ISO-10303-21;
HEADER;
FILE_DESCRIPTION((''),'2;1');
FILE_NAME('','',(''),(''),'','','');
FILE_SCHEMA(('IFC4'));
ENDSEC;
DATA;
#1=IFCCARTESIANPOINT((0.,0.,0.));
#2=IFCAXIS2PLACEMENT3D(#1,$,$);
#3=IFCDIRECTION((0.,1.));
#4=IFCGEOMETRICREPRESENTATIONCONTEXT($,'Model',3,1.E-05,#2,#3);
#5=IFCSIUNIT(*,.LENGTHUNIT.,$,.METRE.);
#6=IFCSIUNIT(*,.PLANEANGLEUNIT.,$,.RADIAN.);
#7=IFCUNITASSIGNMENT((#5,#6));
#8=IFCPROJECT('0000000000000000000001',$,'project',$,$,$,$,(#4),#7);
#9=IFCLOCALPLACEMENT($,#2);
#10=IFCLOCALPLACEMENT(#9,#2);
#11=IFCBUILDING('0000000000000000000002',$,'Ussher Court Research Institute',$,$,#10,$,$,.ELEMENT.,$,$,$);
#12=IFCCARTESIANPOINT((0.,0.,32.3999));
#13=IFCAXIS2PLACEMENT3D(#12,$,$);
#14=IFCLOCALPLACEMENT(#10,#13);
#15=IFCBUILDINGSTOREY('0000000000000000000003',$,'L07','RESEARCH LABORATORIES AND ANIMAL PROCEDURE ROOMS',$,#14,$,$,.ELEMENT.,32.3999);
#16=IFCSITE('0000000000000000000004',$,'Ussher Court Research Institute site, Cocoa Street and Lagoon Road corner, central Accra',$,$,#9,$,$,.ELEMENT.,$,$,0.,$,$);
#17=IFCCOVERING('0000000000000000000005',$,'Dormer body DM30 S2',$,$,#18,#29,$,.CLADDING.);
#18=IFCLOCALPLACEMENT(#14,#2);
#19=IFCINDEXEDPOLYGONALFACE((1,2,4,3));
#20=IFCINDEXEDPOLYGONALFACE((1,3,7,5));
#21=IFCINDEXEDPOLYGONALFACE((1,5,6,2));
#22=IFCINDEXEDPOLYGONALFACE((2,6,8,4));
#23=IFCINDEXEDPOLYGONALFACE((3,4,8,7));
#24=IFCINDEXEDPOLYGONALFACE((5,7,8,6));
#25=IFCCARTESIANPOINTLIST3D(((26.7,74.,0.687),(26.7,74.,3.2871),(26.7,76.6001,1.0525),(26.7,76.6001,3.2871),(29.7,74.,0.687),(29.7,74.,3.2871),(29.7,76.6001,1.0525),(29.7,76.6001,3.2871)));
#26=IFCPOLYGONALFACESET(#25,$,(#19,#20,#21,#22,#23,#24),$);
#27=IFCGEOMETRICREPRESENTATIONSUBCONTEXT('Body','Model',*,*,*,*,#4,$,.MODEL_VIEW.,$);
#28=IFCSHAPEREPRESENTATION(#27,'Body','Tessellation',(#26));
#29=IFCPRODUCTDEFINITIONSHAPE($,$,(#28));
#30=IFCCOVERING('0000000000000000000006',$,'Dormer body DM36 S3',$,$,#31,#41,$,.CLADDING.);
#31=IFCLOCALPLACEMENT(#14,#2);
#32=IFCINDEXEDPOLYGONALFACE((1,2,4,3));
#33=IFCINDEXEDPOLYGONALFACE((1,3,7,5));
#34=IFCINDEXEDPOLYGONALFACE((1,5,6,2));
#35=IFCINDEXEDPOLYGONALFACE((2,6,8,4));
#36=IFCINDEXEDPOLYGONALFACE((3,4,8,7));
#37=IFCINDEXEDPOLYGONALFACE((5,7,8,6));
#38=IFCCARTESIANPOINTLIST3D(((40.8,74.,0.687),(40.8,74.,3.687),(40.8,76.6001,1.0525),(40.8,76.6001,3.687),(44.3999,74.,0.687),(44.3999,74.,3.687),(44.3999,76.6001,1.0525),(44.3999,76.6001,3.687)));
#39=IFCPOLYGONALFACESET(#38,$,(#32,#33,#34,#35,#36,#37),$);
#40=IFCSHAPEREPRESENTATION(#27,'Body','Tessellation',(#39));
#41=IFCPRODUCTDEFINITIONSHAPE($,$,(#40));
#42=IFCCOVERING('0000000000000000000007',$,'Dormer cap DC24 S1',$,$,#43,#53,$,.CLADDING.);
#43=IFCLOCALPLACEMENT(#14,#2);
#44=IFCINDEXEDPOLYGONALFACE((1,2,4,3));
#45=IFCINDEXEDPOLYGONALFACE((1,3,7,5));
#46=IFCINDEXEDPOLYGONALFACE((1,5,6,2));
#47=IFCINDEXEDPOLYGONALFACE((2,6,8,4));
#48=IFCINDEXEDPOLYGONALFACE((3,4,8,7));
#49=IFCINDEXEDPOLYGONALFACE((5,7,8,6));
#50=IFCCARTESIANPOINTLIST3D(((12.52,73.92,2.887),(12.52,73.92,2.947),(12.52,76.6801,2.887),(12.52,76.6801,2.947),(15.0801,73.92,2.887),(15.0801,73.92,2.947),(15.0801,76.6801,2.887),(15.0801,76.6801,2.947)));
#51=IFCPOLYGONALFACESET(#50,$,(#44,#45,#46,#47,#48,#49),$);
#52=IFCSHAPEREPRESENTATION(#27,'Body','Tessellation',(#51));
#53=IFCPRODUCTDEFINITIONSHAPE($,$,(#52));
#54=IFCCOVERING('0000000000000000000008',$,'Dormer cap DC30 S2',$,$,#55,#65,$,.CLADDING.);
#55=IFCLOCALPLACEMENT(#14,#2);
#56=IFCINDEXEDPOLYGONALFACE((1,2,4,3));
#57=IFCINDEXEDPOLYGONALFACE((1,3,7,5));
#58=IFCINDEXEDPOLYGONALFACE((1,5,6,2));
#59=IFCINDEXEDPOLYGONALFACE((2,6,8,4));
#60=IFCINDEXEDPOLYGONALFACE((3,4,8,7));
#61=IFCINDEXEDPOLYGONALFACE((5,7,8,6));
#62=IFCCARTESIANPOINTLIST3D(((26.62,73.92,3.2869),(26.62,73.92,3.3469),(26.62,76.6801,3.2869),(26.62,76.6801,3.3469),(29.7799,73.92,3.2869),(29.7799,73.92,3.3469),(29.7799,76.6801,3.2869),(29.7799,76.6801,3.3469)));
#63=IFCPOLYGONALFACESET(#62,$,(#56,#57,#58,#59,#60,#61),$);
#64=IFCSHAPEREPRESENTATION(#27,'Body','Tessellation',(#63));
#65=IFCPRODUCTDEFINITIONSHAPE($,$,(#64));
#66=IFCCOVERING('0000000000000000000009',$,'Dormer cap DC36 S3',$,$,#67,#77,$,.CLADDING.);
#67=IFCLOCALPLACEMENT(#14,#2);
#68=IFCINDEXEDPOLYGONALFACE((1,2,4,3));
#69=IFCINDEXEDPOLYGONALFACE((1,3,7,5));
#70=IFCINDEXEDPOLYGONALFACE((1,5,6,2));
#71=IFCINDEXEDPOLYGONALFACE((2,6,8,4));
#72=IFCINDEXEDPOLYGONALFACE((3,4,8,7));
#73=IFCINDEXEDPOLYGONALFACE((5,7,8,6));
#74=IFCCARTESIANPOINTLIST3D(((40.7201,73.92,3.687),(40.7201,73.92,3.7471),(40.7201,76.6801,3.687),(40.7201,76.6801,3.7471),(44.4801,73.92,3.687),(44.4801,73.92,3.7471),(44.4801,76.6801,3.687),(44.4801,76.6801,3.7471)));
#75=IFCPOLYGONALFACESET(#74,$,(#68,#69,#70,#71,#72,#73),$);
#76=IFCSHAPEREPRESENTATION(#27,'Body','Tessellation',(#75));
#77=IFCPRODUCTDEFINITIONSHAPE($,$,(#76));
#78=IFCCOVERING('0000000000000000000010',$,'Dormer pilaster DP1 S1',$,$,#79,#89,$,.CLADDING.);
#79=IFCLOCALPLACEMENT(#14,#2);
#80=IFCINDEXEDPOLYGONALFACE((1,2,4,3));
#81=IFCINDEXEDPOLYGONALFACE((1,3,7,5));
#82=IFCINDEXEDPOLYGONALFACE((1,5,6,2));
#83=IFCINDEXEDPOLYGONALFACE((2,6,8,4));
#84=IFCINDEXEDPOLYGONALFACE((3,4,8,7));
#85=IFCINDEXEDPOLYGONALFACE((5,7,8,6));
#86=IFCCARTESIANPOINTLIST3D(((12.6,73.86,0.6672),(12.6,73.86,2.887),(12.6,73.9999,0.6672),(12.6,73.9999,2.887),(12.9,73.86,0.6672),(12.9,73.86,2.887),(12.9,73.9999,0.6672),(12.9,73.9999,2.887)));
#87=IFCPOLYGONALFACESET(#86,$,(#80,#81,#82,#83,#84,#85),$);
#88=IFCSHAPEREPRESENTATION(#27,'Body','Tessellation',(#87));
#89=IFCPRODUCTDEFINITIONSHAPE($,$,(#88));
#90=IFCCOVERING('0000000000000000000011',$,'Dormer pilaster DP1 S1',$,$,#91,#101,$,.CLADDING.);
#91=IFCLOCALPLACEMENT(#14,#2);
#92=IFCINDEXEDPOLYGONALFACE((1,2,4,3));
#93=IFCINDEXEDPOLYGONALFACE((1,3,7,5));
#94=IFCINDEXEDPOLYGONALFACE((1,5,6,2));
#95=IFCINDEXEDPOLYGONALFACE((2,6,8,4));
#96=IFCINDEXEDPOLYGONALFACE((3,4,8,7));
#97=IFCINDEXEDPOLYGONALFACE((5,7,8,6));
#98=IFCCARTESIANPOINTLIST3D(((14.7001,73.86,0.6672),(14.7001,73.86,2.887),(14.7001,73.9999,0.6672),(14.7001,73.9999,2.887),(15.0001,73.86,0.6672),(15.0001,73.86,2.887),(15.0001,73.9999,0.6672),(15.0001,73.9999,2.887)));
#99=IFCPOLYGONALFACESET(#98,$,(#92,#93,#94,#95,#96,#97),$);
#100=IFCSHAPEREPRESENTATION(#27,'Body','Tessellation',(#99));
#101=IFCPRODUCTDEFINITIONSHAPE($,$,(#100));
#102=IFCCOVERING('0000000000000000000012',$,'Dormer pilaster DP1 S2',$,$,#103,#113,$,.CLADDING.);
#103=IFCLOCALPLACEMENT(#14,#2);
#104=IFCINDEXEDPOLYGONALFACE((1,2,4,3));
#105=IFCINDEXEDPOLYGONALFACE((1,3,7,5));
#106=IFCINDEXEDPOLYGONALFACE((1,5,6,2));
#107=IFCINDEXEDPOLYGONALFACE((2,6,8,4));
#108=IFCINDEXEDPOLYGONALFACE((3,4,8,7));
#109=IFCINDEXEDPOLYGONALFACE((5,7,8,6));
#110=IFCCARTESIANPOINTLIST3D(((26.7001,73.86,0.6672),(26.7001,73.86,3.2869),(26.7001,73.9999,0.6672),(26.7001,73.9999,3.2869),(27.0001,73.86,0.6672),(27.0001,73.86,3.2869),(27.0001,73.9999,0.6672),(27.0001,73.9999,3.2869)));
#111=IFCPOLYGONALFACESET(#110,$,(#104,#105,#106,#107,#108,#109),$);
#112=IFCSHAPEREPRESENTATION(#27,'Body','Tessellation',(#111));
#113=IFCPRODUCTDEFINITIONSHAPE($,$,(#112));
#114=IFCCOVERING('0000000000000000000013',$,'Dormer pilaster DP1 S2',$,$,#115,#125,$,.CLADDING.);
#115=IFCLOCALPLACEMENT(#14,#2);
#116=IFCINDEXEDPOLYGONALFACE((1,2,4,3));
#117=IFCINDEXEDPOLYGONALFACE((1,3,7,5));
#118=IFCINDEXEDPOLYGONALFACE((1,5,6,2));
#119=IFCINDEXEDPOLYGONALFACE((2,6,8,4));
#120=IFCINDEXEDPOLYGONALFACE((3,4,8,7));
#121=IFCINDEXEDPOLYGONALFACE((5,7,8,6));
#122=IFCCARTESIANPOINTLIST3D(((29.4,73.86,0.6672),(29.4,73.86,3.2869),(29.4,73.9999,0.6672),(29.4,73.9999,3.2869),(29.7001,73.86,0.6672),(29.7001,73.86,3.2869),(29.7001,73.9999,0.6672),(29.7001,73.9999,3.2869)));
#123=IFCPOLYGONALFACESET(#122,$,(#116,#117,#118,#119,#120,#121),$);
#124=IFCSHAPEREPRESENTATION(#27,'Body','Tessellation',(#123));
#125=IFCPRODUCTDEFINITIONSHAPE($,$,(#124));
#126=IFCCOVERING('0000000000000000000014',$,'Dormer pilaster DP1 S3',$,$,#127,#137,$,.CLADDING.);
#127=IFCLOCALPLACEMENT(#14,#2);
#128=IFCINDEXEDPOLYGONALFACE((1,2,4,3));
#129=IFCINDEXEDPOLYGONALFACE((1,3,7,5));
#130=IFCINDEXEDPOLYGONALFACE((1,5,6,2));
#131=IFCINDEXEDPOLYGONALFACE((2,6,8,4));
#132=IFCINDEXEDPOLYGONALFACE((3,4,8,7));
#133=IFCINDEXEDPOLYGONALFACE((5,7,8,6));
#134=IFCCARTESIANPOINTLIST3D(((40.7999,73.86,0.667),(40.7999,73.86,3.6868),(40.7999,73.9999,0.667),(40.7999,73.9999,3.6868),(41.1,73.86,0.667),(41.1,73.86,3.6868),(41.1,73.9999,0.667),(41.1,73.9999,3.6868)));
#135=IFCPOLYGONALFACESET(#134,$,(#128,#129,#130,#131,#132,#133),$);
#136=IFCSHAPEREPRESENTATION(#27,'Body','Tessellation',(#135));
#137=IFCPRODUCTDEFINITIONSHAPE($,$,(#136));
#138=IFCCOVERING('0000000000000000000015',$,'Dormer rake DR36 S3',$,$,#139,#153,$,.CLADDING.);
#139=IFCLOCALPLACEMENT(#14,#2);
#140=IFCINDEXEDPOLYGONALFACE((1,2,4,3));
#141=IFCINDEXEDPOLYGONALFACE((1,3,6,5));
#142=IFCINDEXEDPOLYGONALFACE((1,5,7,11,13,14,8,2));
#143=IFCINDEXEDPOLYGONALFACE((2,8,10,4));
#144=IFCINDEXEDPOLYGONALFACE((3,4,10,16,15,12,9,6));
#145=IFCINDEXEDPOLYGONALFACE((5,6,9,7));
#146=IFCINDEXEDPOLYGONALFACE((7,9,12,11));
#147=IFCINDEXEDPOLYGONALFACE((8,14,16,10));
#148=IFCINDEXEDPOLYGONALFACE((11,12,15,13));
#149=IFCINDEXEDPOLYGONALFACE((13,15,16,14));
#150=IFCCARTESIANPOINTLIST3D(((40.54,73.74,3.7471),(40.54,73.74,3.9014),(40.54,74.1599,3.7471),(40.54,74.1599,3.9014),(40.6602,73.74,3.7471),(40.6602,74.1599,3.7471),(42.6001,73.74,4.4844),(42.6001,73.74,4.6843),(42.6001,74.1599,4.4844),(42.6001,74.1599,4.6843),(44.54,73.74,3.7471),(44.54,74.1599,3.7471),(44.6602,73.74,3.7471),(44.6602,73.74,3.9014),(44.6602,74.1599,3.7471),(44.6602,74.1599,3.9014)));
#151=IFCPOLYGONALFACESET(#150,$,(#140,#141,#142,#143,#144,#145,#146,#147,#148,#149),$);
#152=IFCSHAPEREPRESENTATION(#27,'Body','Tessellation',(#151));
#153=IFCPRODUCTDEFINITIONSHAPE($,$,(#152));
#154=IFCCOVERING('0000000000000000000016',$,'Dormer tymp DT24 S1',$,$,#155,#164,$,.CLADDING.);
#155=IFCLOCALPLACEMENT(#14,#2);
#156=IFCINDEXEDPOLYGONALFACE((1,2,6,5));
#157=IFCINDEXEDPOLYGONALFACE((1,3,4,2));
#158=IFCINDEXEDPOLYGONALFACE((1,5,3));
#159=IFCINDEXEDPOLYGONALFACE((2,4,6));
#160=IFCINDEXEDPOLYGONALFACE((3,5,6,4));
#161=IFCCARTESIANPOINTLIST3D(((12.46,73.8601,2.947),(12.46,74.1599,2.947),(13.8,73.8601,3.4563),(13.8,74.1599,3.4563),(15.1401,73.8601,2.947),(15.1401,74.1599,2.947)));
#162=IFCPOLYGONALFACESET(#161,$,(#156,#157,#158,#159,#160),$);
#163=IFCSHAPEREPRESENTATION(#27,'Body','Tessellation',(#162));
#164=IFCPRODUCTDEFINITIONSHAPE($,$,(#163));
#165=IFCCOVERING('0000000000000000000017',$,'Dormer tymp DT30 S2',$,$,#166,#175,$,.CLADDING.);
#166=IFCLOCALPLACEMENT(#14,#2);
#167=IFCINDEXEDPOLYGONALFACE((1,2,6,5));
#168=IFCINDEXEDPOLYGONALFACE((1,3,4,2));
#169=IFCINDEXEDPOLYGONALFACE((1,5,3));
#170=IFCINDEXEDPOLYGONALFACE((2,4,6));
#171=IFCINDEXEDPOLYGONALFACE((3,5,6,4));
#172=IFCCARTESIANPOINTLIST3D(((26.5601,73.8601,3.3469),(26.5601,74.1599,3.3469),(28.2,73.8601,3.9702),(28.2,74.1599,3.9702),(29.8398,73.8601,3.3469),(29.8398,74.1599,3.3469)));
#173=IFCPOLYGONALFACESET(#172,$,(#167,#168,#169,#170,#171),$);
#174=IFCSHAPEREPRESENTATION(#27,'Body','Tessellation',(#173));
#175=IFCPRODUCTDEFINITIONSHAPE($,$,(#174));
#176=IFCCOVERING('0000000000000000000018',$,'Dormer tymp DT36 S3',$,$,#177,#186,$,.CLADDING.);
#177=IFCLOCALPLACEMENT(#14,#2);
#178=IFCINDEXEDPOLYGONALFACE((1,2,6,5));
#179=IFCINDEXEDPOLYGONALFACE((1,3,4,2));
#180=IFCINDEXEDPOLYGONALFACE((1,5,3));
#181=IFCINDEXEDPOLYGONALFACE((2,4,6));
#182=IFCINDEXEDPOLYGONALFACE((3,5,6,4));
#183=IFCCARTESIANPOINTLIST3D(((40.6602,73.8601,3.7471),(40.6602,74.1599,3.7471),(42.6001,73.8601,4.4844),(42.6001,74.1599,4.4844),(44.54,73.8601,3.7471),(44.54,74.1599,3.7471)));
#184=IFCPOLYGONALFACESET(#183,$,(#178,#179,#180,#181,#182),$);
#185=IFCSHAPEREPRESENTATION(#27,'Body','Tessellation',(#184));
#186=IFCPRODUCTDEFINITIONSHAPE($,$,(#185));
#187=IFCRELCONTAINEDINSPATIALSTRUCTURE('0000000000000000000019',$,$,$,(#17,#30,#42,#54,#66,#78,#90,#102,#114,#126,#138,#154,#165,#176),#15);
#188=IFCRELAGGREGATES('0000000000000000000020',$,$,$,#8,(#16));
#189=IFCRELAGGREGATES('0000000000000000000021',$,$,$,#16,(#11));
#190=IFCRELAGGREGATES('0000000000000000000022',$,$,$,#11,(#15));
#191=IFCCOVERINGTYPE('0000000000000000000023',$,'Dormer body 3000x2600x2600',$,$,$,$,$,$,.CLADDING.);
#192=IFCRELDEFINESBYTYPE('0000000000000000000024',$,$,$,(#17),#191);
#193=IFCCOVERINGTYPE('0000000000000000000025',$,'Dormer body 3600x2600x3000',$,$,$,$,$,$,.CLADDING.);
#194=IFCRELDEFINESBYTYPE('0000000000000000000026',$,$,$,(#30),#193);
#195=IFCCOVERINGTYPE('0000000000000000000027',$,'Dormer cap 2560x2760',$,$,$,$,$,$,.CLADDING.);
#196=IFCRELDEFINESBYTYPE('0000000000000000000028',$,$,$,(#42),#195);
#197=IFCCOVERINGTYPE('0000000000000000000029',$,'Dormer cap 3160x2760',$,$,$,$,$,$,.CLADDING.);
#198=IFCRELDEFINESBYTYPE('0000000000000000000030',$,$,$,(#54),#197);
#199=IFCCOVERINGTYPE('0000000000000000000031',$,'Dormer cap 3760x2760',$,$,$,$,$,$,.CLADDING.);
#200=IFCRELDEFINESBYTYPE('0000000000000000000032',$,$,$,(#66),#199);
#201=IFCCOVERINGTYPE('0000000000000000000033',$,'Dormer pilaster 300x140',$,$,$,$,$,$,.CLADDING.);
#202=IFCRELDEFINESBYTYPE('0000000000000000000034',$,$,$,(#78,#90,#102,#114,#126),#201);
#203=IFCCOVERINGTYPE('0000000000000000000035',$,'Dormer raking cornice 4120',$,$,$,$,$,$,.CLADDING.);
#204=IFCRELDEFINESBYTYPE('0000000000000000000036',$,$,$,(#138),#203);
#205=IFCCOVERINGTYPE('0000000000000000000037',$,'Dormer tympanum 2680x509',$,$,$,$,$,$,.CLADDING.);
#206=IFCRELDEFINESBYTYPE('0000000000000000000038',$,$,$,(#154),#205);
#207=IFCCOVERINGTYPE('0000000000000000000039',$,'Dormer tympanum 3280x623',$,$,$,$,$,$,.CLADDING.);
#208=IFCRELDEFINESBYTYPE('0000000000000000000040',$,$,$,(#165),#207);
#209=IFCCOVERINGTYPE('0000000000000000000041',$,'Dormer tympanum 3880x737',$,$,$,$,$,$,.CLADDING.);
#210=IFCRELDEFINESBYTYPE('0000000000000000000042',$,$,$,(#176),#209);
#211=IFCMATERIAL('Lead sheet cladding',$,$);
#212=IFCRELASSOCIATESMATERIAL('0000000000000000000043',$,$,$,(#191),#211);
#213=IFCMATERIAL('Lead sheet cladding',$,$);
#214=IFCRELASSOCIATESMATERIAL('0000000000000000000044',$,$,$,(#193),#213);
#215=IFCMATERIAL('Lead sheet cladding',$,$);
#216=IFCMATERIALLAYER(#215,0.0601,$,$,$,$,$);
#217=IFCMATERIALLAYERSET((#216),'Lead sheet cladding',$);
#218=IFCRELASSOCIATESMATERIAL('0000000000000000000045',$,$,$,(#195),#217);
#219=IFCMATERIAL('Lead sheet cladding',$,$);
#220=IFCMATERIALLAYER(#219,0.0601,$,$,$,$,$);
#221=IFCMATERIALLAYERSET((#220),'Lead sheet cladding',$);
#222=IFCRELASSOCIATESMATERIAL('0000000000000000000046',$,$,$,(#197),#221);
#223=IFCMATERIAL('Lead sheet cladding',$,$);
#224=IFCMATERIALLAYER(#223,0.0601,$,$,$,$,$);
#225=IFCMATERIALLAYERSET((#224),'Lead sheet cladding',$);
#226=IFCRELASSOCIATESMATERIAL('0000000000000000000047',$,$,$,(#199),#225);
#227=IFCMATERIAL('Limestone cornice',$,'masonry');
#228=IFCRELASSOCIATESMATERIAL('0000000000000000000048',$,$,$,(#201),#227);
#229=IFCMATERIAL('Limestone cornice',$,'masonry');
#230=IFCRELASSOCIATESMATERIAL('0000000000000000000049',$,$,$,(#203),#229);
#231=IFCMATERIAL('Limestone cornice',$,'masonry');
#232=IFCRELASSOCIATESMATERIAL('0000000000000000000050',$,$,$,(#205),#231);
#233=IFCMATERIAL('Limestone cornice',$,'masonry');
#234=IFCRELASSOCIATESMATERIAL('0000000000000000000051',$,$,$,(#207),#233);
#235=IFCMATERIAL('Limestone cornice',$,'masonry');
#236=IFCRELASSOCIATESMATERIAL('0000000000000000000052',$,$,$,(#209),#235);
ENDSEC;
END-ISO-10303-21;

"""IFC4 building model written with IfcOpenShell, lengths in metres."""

from ifc_helpers import new_model, si_unit, direction, frame, origin, origin_2d, place, context, subcontext, project, spatial, polyline, rectangle, outline, extrude, material, layer, layer_set, type_object, element, save


model = new_model("IFC4")

# Units and contexts
model_context = context("Model", 3, precision=1e-05, world=origin(), true_north=direction((0.0, 1.0)))
body_context = subcontext(model_context, "Body", "Model", "MODEL_VIEW")
ifc_project = project(units=[si_unit("LENGTHUNIT", "METRE"), si_unit("PLANEANGLEUNIT", "RADIAN")], contexts=[model_context])

# Site, building, storey
site_placement = place(None, origin())
site = spatial("IfcSite", under=ifc_project, at=site_placement, Name="Ussher Court Research Institute site, Cocoa Street and Lagoon Road corner, central Accra", CompositionType="ELEMENT", RefElevation=0.0)
building_placement = place(site_placement, origin())
building = spatial("IfcBuilding", under=site, at=building_placement, Name="Ussher Court Research Institute", CompositionType="ELEMENT")
storey_placement = place(building_placement, frame((0.0, 0.0, 32.3999)))
storey = spatial("IfcBuildingStorey", under=building, at=storey_placement, Name="L07", Description="RESEARCH LABORATORIES AND ANIMAL PROCEDURE ROOMS", CompositionType="ELEMENT", Elevation=32.3999)

# Coverings
ifc_material_1 = material(Name="Lead sheet cladding")
covering_type_1 = type_object("IfcCoveringType", Name="Dormer body 3000x2600x2600", PredefinedType="CLADDING", material=ifc_material_1)
covering_1_placement = place(storey_placement, frame((26.7, 74.0, 0.687), z_axis=(1.0, 0.0, 0.0), x_axis=(0.0, 1.0, 0.0)))
element("IfcCovering", 1, at=covering_1_placement, inside=storey, type_object=covering_type_1, Name="Dormer body DM30 S2", PredefinedType="CLADDING", context=body_context, shape_type="SweptSolid", body=[
    extrude(outline(polyline([(0.0, 0.0), (2.6001, 0.3655), (2.6001, 2.6001), (0.0, 2.6001), (0.0, 0.0)])), origin(), (0.0, 0.0, 1.0), 3.0),
])
ifc_material_2 = material(Name="Lead sheet cladding")
covering_type_2 = type_object("IfcCoveringType", Name="Dormer body 3600x2600x3000", PredefinedType="CLADDING", material=ifc_material_2)
covering_2_placement = place(storey_placement, frame((40.8, 74.0, 0.687), z_axis=(1.0, 0.0, 0.0), x_axis=(0.0, 1.0, 0.0)))
element("IfcCovering", 2, at=covering_2_placement, inside=storey, type_object=covering_type_2, Name="Dormer body DM36 S3", PredefinedType="CLADDING", context=body_context, shape_type="SweptSolid", body=[
    extrude(outline(polyline([(0.0, 0.0), (2.6001, 0.3655), (2.6001, 3.0), (0.0, 3.0), (0.0, 0.0)])), origin(), (0.0, 0.0, 1.0), 3.5999),
])
ifc_material_3 = material(Name="Lead sheet cladding")
ifc_layer_1 = layer(ifc_material_3, 0.0601)
ifc_layer_set_1 = layer_set([ifc_layer_1], Name="Lead sheet cladding")
covering_type_3 = type_object("IfcCoveringType", Name="Dormer cap 2560x2760", PredefinedType="CLADDING", material=ifc_layer_set_1)
covering_3_placement = place(storey_placement, frame((13.8, 75.3, 2.887), z_axis=(0.0, 0.0, 1.0), x_axis=(1.0, 0.0, 0.0)))
element("IfcCovering", 3, at=covering_3_placement, inside=storey, type_object=covering_type_3, Name="Dormer cap DC24 S1", PredefinedType="CLADDING", context=body_context, shape_type="SweptSolid", body=[
    extrude(rectangle(XDim=2.5601, YDim=2.76, at=origin_2d()), origin(), (0.0, 0.0, 1.0), 0.0601),
])
ifc_material_4 = material(Name="Lead sheet cladding")
ifc_layer_2 = layer(ifc_material_4, 0.0601)
ifc_layer_set_2 = layer_set([ifc_layer_2], Name="Lead sheet cladding")
covering_type_4 = type_object("IfcCoveringType", Name="Dormer cap 3160x2760", PredefinedType="CLADDING", material=ifc_layer_set_2)
covering_4_placement = place(storey_placement, frame((28.2, 75.3, 3.2869), z_axis=(0.0, 0.0, 1.0), x_axis=(1.0, 0.0, 0.0)))
element("IfcCovering", 4, at=covering_4_placement, inside=storey, type_object=covering_type_4, Name="Dormer cap DC30 S2", PredefinedType="CLADDING", context=body_context, shape_type="SweptSolid", body=[
    extrude(rectangle(XDim=3.1599, YDim=2.76, at=origin_2d()), origin(), (0.0, 0.0, 1.0), 0.0601),
])
ifc_material_5 = material(Name="Lead sheet cladding")
ifc_layer_3 = layer(ifc_material_5, 0.0601)
ifc_layer_set_3 = layer_set([ifc_layer_3], Name="Lead sheet cladding")
covering_type_5 = type_object("IfcCoveringType", Name="Dormer cap 3760x2760", PredefinedType="CLADDING", material=ifc_layer_set_3)
covering_5_placement = place(storey_placement, frame((42.6001, 75.3, 3.687), z_axis=(0.0, 0.0, 1.0), x_axis=(1.0, 0.0, 0.0)))
element("IfcCovering", 5, at=covering_5_placement, inside=storey, type_object=covering_type_5, Name="Dormer cap DC36 S3", PredefinedType="CLADDING", context=body_context, shape_type="SweptSolid", body=[
    extrude(rectangle(XDim=3.76, YDim=2.76, at=origin_2d()), origin(), (0.0, 0.0, 1.0), 0.0601),
])
ifc_material_6 = material(Name="Limestone cornice", Category="masonry")
covering_type_6 = type_object("IfcCoveringType", Name="Dormer pilaster 300x140", PredefinedType="CLADDING", material=ifc_material_6)
for number, where, z_axis, x_axis, name in (
    (6, (12.75, 73.9299, 0.6672), (0.0, 0.0, 1.0), (1.0, 0.0, 0.0), "Dormer pilaster DP1 S1"),
    (7, (14.8501, 73.9299, 0.6672), (0.0, 0.0, 1.0), (1.0, 0.0, 0.0), "Dormer pilaster DP1 S1"),
):
    element("IfcCovering", number, at=place(storey_placement, frame(where, z_axis=z_axis, x_axis=x_axis)), inside=storey, type_object=covering_type_6, Name=name, PredefinedType="CLADDING", context=body_context, shape_type="SweptSolid", body=[
        extrude(rectangle(XDim=0.3, YDim=0.1399, at=origin_2d()), origin(), (0.0, 0.0, 1.0), 2.2197),
    ])
for number, where, z_axis, x_axis, name in (
    (8, (26.8501, 73.9299, 0.6672), (0.0, 0.0, 1.0), (1.0, 0.0, 0.0), "Dormer pilaster DP1 S2"),
    (9, (29.55, 73.9299, 0.6672), (0.0, 0.0, 1.0), (1.0, 0.0, 0.0), "Dormer pilaster DP1 S2"),
):
    element("IfcCovering", number, at=place(storey_placement, frame(where, z_axis=z_axis, x_axis=x_axis)), inside=storey, type_object=covering_type_6, Name=name, PredefinedType="CLADDING", context=body_context, shape_type="SweptSolid", body=[
        extrude(rectangle(XDim=0.3, YDim=0.1399, at=origin_2d()), origin(), (0.0, 0.0, 1.0), 2.6196),
    ])
covering_6_placement = place(storey_placement, frame((40.95, 73.9299, 0.667), z_axis=(0.0, 0.0, 1.0), x_axis=(1.0, 0.0, 0.0)))
element("IfcCovering", 10, at=covering_6_placement, inside=storey, type_object=covering_type_6, Name="Dormer pilaster DP1 S3", PredefinedType="CLADDING", context=body_context, shape_type="SweptSolid", body=[
    extrude(rectangle(XDim=0.3, YDim=0.1399, at=origin_2d()), origin(), (0.0, 0.0, 1.0), 3.0198),
])
ifc_material_7 = material(Name="Limestone cornice", Category="masonry")
covering_type_7 = type_object("IfcCoveringType", Name="Dormer raking cornice 4120", PredefinedType="CLADDING", material=ifc_material_7)
covering_7_placement = place(storey_placement, frame((42.6001, 73.74, 3.7471), z_axis=(0.0, 1.0, 0.0), x_axis=(-1.0, 0.0, 0.0)))
element("IfcCovering", 11, at=covering_7_placement, inside=storey, type_object=covering_type_7, Name="Dormer rake DR36 S3", PredefinedType="CLADDING", context=body_context, shape_type="SweptSolid", body=[
    extrude(outline(polyline([(2.0601, 0.0), (2.0601, 0.1543), (0.0, 0.9373), (-2.0601, 0.1543), (-2.0601, 0.0), (-1.9399, 0.0), (0.0, 0.7373), (1.9399, 0.0), (2.0601, 0.0)])), origin(), (0.0, 0.0, 1.0), 0.4199),
])
ifc_material_8 = material(Name="Limestone cornice", Category="masonry")
covering_type_8 = type_object("IfcCoveringType", Name="Dormer tympanum 2680x509", PredefinedType="CLADDING", material=ifc_material_8)
covering_8_placement = place(storey_placement, frame((13.8, 73.8601, 2.947), z_axis=(0.0, 1.0, 0.0), x_axis=(-1.0, 0.0, 0.0)))
element("IfcCovering", 12, at=covering_8_placement, inside=storey, type_object=covering_type_8, Name="Dormer tymp DT24 S1", PredefinedType="CLADDING", context=body_context, shape_type="SweptSolid", body=[
    extrude(outline(polyline([(1.3401, 0.0), (0.0, 0.5093), (-1.3401, 0.0), (1.3401, 0.0)])), origin(), (0.0, 0.0, 1.0), 0.2998),
])
ifc_material_9 = material(Name="Limestone cornice", Category="masonry")
covering_type_9 = type_object("IfcCoveringType", Name="Dormer tympanum 3280x623", PredefinedType="CLADDING", material=ifc_material_9)
covering_9_placement = place(storey_placement, frame((28.2, 73.8601, 3.3469), z_axis=(0.0, 1.0, 0.0), x_axis=(-1.0, 0.0, 0.0)))
element("IfcCovering", 13, at=covering_9_placement, inside=storey, type_object=covering_type_9, Name="Dormer tymp DT30 S2", PredefinedType="CLADDING", context=body_context, shape_type="SweptSolid", body=[
    extrude(outline(polyline([(1.6399, 0.0), (0.0, 0.6233), (-1.6399, 0.0), (1.6399, 0.0)])), origin(), (0.0, 0.0, 1.0), 0.2998),
])
ifc_material_10 = material(Name="Limestone cornice", Category="masonry")
covering_type_10 = type_object("IfcCoveringType", Name="Dormer tympanum 3880x737", PredefinedType="CLADDING", material=ifc_material_10)
covering_10_placement = place(storey_placement, frame((42.6001, 73.8601, 3.7471), z_axis=(0.0, 1.0, 0.0), x_axis=(-1.0, 0.0, 0.0)))
element("IfcCovering", 14, at=covering_10_placement, inside=storey, type_object=covering_type_10, Name="Dormer tymp DT36 S3", PredefinedType="CLADDING", context=body_context, shape_type="SweptSolid", body=[
    extrude(outline(polyline([(1.9399, 0.0), (0.0, 0.7373), (-1.9399, 0.0), (1.9399, 0.0)])), origin(), (0.0, 0.0, 1.0), 0.2998),
])

save(model, "model.ifc")
